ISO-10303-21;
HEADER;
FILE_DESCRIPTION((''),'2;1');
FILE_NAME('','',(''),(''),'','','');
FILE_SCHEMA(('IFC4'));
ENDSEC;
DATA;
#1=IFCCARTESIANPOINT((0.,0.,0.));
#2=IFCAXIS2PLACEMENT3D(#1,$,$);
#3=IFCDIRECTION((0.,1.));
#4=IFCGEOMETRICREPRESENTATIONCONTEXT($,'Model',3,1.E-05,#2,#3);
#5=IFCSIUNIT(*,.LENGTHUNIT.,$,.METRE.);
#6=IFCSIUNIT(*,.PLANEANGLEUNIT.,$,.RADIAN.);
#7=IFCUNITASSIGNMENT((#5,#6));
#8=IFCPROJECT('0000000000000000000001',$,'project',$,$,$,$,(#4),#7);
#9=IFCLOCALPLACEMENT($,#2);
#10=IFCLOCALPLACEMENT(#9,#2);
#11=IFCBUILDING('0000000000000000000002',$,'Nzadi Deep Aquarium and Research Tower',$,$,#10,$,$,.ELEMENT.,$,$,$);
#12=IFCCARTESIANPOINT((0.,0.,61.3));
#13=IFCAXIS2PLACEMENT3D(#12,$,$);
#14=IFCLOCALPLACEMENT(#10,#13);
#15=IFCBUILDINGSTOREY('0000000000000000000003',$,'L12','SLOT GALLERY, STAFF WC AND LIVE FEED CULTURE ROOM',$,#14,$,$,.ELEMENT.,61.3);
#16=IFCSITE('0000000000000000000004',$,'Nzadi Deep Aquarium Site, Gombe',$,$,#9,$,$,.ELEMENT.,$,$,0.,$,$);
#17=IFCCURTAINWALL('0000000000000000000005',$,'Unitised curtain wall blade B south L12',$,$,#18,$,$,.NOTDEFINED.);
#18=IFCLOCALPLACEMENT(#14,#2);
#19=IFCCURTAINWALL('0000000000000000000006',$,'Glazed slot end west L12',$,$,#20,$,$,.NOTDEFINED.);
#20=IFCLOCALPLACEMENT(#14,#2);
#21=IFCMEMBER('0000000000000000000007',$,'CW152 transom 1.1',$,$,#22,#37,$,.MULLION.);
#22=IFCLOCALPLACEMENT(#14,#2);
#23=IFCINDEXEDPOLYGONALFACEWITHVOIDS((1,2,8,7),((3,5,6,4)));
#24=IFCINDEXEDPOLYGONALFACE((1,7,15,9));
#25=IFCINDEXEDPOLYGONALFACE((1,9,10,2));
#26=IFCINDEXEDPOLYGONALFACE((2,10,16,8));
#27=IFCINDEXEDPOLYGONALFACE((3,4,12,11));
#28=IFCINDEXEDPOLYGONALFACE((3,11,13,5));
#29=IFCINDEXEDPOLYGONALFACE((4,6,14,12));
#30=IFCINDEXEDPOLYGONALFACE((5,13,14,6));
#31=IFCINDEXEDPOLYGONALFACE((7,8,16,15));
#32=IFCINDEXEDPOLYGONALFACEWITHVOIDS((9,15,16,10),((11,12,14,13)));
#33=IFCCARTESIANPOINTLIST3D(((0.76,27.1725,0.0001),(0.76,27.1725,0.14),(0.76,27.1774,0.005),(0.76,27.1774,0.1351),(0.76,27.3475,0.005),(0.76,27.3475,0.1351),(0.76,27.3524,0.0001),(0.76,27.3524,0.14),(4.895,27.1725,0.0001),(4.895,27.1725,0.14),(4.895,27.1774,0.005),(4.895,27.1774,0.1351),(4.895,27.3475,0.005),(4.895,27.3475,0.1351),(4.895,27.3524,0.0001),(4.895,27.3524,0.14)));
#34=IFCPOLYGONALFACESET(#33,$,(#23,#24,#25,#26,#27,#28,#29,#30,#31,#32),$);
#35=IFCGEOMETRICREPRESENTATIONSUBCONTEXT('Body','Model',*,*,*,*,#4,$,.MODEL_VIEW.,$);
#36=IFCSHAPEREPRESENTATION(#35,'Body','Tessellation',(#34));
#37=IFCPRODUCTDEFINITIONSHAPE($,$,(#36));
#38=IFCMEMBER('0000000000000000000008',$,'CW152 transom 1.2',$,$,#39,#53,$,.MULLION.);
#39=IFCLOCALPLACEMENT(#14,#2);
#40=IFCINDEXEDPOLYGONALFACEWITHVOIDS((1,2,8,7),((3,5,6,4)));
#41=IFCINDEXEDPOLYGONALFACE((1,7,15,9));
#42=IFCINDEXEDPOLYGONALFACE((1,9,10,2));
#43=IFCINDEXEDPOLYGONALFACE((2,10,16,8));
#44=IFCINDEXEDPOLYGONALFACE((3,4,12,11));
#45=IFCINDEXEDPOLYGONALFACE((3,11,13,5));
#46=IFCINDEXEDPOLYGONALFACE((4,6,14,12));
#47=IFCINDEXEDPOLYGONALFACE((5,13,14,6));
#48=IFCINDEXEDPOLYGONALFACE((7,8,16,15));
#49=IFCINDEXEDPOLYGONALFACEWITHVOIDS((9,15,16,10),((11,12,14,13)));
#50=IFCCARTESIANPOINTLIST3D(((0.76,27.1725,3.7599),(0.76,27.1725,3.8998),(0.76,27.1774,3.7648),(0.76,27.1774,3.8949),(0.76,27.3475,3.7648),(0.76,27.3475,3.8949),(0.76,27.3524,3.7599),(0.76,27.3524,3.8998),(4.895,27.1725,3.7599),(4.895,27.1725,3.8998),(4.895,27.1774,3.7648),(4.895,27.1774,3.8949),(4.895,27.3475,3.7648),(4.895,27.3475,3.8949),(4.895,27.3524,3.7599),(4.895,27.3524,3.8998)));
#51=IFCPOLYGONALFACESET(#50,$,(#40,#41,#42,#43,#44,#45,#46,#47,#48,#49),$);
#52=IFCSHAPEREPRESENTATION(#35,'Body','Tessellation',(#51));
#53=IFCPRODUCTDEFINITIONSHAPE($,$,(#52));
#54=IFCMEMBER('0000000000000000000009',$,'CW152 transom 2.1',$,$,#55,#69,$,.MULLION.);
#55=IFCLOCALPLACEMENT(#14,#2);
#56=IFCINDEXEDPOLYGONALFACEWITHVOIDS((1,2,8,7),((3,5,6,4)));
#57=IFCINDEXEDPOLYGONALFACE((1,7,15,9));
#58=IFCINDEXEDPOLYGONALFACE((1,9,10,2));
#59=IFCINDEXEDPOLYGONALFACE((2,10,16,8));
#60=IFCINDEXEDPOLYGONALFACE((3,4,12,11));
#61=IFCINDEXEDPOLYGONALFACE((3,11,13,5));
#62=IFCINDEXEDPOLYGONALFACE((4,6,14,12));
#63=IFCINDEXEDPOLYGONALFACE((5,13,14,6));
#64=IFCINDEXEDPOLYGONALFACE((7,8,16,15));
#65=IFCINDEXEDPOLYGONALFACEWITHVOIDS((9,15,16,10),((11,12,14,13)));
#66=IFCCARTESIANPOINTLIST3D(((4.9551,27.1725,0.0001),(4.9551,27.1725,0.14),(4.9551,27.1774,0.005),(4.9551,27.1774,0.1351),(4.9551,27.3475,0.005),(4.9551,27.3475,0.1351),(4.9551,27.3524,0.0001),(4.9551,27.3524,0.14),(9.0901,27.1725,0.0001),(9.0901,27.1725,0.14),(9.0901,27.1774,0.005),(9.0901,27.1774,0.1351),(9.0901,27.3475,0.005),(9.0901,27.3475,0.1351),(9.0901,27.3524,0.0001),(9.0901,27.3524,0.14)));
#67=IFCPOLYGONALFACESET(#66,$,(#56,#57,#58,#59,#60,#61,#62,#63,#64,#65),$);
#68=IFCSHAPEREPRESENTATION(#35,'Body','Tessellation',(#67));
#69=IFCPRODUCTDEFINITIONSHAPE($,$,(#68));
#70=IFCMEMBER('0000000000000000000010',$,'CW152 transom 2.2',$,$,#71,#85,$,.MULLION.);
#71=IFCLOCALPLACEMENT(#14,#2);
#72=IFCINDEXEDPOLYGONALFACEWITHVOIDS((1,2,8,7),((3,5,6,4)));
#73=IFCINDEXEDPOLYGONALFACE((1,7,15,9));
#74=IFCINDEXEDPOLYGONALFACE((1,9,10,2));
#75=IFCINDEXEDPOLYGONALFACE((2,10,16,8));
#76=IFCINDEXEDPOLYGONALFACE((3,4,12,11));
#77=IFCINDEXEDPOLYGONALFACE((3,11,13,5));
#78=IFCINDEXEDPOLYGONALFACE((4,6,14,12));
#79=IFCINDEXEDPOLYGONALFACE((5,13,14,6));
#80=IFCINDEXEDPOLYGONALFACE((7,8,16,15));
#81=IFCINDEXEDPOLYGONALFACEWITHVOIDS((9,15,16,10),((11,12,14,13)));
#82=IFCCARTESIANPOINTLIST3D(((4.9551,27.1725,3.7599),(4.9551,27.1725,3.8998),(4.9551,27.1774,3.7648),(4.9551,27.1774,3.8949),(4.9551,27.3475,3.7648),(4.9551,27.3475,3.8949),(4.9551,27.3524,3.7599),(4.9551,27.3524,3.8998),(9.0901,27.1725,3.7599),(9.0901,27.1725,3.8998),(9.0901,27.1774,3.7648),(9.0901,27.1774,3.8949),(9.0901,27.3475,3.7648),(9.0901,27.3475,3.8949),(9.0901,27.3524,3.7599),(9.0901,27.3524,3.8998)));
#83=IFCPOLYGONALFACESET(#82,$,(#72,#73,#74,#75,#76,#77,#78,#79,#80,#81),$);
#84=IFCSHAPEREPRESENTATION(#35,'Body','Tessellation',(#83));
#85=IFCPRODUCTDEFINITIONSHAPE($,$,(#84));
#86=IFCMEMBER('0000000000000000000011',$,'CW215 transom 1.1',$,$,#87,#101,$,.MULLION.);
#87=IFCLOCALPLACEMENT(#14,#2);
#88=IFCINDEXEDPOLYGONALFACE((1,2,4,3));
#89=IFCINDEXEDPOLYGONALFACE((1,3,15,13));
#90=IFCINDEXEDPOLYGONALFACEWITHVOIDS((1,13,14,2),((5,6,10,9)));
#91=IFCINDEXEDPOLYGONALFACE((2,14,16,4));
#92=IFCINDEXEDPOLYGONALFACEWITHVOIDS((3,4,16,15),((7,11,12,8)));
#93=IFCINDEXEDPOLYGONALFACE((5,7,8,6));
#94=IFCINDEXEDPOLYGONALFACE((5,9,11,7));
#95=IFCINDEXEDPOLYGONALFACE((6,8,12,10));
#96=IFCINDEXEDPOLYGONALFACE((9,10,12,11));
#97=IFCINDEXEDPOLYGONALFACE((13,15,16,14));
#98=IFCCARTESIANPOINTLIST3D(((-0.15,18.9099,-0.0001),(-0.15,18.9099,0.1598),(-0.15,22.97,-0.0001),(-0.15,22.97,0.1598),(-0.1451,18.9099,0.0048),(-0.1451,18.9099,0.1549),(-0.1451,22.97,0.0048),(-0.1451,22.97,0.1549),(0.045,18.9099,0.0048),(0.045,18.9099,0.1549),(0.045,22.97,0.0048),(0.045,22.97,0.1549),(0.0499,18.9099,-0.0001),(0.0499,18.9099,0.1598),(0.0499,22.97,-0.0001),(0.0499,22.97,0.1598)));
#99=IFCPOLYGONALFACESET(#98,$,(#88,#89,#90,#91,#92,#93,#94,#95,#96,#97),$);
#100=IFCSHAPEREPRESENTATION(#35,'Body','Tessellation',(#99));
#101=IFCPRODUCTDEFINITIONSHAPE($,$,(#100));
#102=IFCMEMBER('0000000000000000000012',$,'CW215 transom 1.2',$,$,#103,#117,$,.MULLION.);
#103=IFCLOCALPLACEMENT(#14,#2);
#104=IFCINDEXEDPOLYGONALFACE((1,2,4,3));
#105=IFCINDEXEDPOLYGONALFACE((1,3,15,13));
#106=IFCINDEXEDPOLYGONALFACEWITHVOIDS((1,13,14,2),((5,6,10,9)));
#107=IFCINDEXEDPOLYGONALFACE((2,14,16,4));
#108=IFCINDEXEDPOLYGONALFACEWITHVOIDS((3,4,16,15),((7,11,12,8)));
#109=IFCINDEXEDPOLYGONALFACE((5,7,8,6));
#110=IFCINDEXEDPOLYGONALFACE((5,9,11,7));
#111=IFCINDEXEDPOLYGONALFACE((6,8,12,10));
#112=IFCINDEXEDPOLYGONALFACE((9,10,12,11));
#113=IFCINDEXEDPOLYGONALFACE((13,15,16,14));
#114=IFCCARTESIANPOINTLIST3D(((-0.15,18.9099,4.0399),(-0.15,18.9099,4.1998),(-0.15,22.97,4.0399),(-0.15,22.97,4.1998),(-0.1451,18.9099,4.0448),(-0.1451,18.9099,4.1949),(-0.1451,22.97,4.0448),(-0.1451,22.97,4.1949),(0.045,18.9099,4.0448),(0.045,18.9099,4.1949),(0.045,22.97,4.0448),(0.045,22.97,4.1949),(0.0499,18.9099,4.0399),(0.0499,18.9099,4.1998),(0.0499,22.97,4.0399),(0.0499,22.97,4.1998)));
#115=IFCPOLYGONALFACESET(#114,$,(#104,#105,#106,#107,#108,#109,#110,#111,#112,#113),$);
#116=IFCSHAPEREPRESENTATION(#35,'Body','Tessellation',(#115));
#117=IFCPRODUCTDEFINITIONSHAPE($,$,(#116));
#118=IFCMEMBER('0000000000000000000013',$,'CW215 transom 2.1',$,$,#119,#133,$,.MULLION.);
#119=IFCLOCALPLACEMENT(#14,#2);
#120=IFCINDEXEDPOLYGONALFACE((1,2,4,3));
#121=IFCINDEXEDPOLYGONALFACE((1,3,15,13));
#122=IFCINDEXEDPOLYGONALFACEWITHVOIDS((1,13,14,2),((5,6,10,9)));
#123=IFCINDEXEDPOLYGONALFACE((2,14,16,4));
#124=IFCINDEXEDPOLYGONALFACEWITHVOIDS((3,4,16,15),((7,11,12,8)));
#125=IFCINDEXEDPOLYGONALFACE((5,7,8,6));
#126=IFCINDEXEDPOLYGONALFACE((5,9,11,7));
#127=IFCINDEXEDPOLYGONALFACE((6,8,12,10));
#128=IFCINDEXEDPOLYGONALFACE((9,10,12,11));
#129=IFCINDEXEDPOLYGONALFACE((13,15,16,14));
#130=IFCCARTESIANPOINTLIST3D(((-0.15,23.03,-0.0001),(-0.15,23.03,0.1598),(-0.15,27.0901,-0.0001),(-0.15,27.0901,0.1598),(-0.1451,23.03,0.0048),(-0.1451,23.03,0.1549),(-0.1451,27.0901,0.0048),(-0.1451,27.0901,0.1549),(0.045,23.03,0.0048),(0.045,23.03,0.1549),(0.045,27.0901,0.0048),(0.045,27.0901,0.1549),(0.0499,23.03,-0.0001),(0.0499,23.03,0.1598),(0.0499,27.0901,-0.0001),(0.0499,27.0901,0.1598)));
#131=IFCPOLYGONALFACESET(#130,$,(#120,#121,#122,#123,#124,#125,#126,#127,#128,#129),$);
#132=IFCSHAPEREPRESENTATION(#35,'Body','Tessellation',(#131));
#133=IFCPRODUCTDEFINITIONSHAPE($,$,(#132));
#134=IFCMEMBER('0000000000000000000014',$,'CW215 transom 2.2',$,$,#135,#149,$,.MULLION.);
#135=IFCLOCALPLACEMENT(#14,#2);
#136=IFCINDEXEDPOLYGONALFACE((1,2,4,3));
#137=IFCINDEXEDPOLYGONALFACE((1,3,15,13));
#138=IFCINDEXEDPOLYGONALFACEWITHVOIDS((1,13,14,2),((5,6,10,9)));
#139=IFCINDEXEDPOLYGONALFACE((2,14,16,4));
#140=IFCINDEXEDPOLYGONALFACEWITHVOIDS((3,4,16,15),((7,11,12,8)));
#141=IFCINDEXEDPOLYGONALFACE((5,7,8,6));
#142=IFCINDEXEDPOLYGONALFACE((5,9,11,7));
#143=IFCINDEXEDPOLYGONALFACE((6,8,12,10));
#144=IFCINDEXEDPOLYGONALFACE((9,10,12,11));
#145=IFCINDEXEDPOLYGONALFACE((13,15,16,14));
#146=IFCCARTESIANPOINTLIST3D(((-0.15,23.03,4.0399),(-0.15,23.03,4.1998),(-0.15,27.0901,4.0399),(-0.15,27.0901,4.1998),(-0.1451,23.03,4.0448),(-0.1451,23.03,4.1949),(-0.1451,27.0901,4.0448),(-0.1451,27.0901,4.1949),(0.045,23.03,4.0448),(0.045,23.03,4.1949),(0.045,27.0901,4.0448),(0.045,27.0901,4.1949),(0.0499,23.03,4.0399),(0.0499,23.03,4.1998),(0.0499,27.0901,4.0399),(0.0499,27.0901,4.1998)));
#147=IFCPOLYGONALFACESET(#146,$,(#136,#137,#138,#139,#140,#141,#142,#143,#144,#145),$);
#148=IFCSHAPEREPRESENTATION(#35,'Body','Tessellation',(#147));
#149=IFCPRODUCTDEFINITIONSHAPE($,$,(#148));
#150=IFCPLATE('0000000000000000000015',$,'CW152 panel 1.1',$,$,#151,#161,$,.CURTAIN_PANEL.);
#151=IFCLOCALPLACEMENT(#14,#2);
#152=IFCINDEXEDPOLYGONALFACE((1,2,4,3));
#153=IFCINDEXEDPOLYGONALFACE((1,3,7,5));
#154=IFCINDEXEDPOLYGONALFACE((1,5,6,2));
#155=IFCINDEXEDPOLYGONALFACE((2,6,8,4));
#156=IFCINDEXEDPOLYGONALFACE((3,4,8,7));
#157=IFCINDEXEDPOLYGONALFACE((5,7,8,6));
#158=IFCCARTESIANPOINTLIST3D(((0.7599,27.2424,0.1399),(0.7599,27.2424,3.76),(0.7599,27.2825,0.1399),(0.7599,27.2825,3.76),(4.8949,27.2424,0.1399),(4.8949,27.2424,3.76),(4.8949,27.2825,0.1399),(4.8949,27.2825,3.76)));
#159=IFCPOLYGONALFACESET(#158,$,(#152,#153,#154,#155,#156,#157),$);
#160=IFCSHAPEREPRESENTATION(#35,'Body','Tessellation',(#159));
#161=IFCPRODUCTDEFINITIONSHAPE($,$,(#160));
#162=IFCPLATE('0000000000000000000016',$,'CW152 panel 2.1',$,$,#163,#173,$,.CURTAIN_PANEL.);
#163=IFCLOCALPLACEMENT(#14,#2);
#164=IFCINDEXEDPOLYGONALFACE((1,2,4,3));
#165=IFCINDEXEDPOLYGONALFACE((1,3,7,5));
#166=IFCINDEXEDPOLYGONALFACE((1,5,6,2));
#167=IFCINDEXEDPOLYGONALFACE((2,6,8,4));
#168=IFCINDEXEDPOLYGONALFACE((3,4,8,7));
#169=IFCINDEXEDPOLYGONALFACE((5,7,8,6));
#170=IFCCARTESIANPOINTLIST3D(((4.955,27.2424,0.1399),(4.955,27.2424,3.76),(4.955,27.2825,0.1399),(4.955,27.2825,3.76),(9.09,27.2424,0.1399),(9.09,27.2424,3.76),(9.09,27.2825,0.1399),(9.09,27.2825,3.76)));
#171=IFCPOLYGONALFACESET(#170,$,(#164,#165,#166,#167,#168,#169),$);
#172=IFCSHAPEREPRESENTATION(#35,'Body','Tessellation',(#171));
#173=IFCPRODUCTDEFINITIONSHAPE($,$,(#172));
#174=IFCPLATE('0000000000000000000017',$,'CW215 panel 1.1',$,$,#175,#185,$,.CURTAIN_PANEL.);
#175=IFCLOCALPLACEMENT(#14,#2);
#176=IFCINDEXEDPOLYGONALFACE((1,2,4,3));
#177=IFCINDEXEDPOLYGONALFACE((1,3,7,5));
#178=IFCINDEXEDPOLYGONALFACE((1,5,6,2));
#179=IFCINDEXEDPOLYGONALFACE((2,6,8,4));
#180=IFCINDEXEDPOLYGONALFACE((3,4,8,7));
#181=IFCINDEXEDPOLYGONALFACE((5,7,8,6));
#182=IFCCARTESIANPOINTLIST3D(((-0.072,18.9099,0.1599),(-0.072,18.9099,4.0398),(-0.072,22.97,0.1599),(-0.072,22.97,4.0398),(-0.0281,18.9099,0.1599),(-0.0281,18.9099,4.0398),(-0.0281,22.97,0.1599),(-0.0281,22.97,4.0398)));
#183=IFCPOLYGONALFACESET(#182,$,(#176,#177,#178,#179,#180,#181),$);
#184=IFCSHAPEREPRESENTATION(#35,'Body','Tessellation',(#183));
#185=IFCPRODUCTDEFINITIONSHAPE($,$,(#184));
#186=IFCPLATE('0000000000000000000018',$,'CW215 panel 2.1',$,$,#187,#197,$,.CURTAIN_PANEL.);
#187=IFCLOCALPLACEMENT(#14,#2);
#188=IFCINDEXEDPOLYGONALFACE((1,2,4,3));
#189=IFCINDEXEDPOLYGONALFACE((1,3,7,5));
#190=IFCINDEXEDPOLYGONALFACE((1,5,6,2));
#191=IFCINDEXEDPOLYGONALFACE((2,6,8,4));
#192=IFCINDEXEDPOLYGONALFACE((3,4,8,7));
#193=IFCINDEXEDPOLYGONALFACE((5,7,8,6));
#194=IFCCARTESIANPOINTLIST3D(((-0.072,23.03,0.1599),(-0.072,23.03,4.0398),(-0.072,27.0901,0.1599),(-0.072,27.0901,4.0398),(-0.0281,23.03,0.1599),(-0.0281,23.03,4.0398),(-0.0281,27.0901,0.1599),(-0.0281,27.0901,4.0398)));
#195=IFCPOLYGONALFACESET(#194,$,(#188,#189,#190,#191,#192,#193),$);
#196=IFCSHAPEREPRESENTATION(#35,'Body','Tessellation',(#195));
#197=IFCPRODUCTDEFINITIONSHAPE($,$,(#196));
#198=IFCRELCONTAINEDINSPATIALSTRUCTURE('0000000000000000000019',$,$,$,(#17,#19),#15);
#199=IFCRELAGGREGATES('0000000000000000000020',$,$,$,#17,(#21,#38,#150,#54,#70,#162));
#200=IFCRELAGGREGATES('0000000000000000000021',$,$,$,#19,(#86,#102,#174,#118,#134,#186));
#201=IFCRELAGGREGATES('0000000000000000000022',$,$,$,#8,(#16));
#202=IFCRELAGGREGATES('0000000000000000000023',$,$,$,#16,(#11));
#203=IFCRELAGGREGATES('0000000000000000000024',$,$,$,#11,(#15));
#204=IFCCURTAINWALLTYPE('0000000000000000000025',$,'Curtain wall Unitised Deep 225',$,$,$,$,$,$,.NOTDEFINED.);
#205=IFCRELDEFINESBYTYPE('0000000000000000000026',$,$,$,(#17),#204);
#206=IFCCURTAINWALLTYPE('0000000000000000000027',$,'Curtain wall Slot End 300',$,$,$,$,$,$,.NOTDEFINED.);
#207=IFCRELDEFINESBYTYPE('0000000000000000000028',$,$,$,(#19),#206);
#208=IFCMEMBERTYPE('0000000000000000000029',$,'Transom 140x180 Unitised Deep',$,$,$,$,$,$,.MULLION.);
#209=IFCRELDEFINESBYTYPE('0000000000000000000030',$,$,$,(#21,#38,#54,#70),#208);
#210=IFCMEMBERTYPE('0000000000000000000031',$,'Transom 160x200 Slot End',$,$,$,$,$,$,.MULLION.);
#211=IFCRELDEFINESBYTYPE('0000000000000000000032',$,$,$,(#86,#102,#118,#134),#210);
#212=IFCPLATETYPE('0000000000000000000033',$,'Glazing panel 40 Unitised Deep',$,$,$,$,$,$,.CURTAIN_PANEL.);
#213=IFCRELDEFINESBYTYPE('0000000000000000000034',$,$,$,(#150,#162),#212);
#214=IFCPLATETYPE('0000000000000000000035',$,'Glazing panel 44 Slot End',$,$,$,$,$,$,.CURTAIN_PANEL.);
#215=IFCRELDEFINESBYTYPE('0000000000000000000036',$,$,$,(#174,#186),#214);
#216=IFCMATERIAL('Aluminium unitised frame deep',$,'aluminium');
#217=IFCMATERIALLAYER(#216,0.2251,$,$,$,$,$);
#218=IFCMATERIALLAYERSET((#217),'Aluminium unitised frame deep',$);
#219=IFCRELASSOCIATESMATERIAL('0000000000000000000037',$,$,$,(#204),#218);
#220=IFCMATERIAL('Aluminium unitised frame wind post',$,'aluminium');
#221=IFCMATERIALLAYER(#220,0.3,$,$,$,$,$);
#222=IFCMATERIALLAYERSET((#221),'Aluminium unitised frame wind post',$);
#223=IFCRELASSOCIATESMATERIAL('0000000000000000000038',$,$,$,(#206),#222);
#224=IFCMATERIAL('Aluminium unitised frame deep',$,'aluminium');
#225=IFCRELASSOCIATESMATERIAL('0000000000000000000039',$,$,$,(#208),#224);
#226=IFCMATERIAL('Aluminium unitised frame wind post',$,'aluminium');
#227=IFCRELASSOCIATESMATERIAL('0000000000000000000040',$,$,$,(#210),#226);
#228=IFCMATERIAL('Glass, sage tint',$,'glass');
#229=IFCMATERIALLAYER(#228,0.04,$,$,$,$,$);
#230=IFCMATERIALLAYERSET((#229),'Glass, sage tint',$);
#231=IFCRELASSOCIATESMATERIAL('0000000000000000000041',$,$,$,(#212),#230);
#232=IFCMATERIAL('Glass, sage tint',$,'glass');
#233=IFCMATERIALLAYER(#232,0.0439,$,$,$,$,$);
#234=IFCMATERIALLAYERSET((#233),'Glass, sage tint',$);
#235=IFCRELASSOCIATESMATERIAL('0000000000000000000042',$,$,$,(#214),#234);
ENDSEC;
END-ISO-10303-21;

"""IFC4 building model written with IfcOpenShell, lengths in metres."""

from ifc_helpers import new_model, si_unit, direction, frame, origin, origin_2d, place, context, subcontext, project, spatial, rectangle, hollow_rectangle, extrude, material, layer, layer_set, material_profile, profile_set, type_object, element, aggregate, save


model = new_model("IFC4")

# Units and contexts
model_context = context("Model", 3, precision=1e-05, world=origin(), true_north=direction((0.0, 1.0)))
body_context = subcontext(model_context, "Body", "Model", "MODEL_VIEW")
ifc_project = project(units=[si_unit("LENGTHUNIT", "METRE"), si_unit("PLANEANGLEUNIT", "RADIAN")], contexts=[model_context])

# Site, building, storey
site_placement = place(None, origin())
site = spatial("IfcSite", under=ifc_project, at=site_placement, Name="Nzadi Deep Aquarium Site, Gombe", CompositionType="ELEMENT", RefElevation=0.0)
building_placement = place(site_placement, origin())
building = spatial("IfcBuilding", under=site, at=building_placement, Name="Nzadi Deep Aquarium and Research Tower", CompositionType="ELEMENT")
storey_placement = place(building_placement, frame((0.0, 0.0, 61.3)))
storey = spatial("IfcBuildingStorey", under=building, at=storey_placement, Name="L12", Description="SLOT GALLERY, STAFF WC AND LIVE FEED CULTURE ROOM", CompositionType="ELEMENT", Elevation=61.3)

# Curtain wall
ifc_material_1 = material(Name="Aluminium unitised frame deep", Category="aluminium")
ifc_layer_1 = layer(ifc_material_1, 0.2251)
ifc_layer_set_1 = layer_set([ifc_layer_1], Name="Aluminium unitised frame deep")
curtain_wall_type_1 = type_object("IfcCurtainWallType", Name="Curtain wall Unitised Deep 225", PredefinedType="NOTDEFINED", material=ifc_layer_set_1)
curtain_wall_1_placement = place(storey_placement, origin())
curtain_wall_1 = element("IfcCurtainWall", 1, at=curtain_wall_1_placement, inside=storey, type_object=curtain_wall_type_1, Name="Unitised curtain wall blade B south L12", PredefinedType="NOTDEFINED")

# Curtain wall
ifc_material_2 = material(Name="Aluminium unitised frame wind post", Category="aluminium")
ifc_layer_2 = layer(ifc_material_2, 0.3)
ifc_layer_set_2 = layer_set([ifc_layer_2], Name="Aluminium unitised frame wind post")
curtain_wall_type_2 = type_object("IfcCurtainWallType", Name="Curtain wall Slot End 300", PredefinedType="NOTDEFINED", material=ifc_layer_set_2)
curtain_wall_2_placement = place(storey_placement, origin())
curtain_wall_2 = element("IfcCurtainWall", 2, at=curtain_wall_2_placement, inside=storey, type_object=curtain_wall_type_2, Name="Glazed slot end west L12", PredefinedType="NOTDEFINED")

# Members
ifc_material_3 = material(Name="Aluminium unitised frame deep", Category="aluminium")
ifc_material_profile_1 = material_profile(ifc_material_3, hollow_rectangle(XDim=0.1799, YDim=0.1399, WallThickness=0.0049, at=origin_2d()))
ifc_profile_set_1 = profile_set([ifc_material_profile_1], Name="Aluminium unitised frame deep")
member_type_1 = type_object("IfcMemberType", Name="Transom 140x180 Unitised Deep", PredefinedType="MULLION", material=ifc_profile_set_1)
member_1_placement = place(storey_placement, frame((0.76, 27.2625, 0.0701), z_axis=(1.0, 0.0, 0.0), x_axis=(0.0, 1.0, 0.0)))
member_1 = element("IfcMember", 3, at=member_1_placement, type_object=member_type_1, Name="CW152 transom 1.1", PredefinedType="MULLION", context=body_context, shape_type="SweptSolid", body=[
    extrude(hollow_rectangle(XDim=0.1799, YDim=0.1399, WallThickness=0.0049, at=origin_2d()), origin(), (0.0, 0.0, 1.0), 4.135),
])
member_2_placement = place(storey_placement, frame((0.76, 27.2625, 3.8298), z_axis=(1.0, 0.0, 0.0), x_axis=(0.0, 1.0, 0.0)))
member_2 = element("IfcMember", 4, at=member_2_placement, type_object=member_type_1, Name="CW152 transom 1.2", PredefinedType="MULLION", context=body_context, shape_type="SweptSolid", body=[
    extrude(hollow_rectangle(XDim=0.1799, YDim=0.1399, WallThickness=0.0049, at=origin_2d()), origin(), (0.0, 0.0, 1.0), 4.135),
])
member_3_placement = place(storey_placement, frame((4.9551, 27.2625, 0.0701), z_axis=(1.0, 0.0, 0.0), x_axis=(0.0, 1.0, 0.0)))
member_3 = element("IfcMember", 5, at=member_3_placement, type_object=member_type_1, Name="CW152 transom 2.1", PredefinedType="MULLION", context=body_context, shape_type="SweptSolid", body=[
    extrude(hollow_rectangle(XDim=0.1799, YDim=0.1399, WallThickness=0.0049, at=origin_2d()), origin(), (0.0, 0.0, 1.0), 4.135),
])
member_4_placement = place(storey_placement, frame((4.9551, 27.2625, 3.8298), z_axis=(1.0, 0.0, 0.0), x_axis=(0.0, 1.0, 0.0)))
member_4 = element("IfcMember", 6, at=member_4_placement, type_object=member_type_1, Name="CW152 transom 2.2", PredefinedType="MULLION", context=body_context, shape_type="SweptSolid", body=[
    extrude(hollow_rectangle(XDim=0.1799, YDim=0.1399, WallThickness=0.0049, at=origin_2d()), origin(), (0.0, 0.0, 1.0), 4.135),
])
ifc_material_4 = material(Name="Aluminium unitised frame wind post", Category="aluminium")
ifc_material_profile_2 = material_profile(ifc_material_4, hollow_rectangle(XDim=0.2, YDim=0.1599, WallThickness=0.0049, at=origin_2d()))
ifc_profile_set_2 = profile_set([ifc_material_profile_2], Name="Aluminium unitised frame wind post")
member_type_2 = type_object("IfcMemberType", Name="Transom 160x200 Slot End", PredefinedType="MULLION", material=ifc_profile_set_2)
member_5_placement = place(storey_placement, frame((-0.05, 18.9099, 0.0798), z_axis=(0.0, 1.0, 0.0), x_axis=(-1.0, 0.0, 0.0)))
member_5 = element("IfcMember", 7, at=member_5_placement, type_object=member_type_2, Name="CW215 transom 1.1", PredefinedType="MULLION", context=body_context, shape_type="SweptSolid", body=[
    extrude(hollow_rectangle(XDim=0.2, YDim=0.1599, WallThickness=0.0049, at=origin_2d()), origin(), (0.0, 0.0, 1.0), 4.0601),
])
member_6_placement = place(storey_placement, frame((-0.05, 18.9099, 4.1199), z_axis=(0.0, 1.0, 0.0), x_axis=(-1.0, 0.0, 0.0)))
member_6 = element("IfcMember", 8, at=member_6_placement, type_object=member_type_2, Name="CW215 transom 1.2", PredefinedType="MULLION", context=body_context, shape_type="SweptSolid", body=[
    extrude(hollow_rectangle(XDim=0.2, YDim=0.1599, WallThickness=0.0049, at=origin_2d()), origin(), (0.0, 0.0, 1.0), 4.0601),
])
member_7_placement = place(storey_placement, frame((-0.05, 23.03, 0.0798), z_axis=(0.0, 1.0, 0.0), x_axis=(-1.0, 0.0, 0.0)))
member_7 = element("IfcMember", 9, at=member_7_placement, type_object=member_type_2, Name="CW215 transom 2.1", PredefinedType="MULLION", context=body_context, shape_type="SweptSolid", body=[
    extrude(hollow_rectangle(XDim=0.2, YDim=0.1599, WallThickness=0.0049, at=origin_2d()), origin(), (0.0, 0.0, 1.0), 4.0601),
])
member_8_placement = place(storey_placement, frame((-0.05, 23.03, 4.1199), z_axis=(0.0, 1.0, 0.0), x_axis=(-1.0, 0.0, 0.0)))
member_8 = element("IfcMember", 10, at=member_8_placement, type_object=member_type_2, Name="CW215 transom 2.2", PredefinedType="MULLION", context=body_context, shape_type="SweptSolid", body=[
    extrude(hollow_rectangle(XDim=0.2, YDim=0.1599, WallThickness=0.0049, at=origin_2d()), origin(), (0.0, 0.0, 1.0), 4.0601),
])

# Plates
ifc_material_5 = material(Name="Glass, sage tint", Category="glass")
ifc_layer_3 = layer(ifc_material_5, 0.04)
ifc_layer_set_3 = layer_set([ifc_layer_3], Name="Glass, sage tint")
plate_type_1 = type_object("IfcPlateType", Name="Glazing panel 40 Unitised Deep", PredefinedType="CURTAIN_PANEL", material=ifc_layer_set_3)
plate_1_placement = place(storey_placement, frame((2.8274, 27.2625, 0.1399), z_axis=(0.0, 0.0, 1.0), x_axis=(1.0, 0.0, 0.0)))
plate_1 = element("IfcPlate", 11, at=plate_1_placement, type_object=plate_type_1, Name="CW152 panel 1.1", PredefinedType="CURTAIN_PANEL", context=body_context, shape_type="SweptSolid", body=[
    extrude(rectangle(XDim=4.135, YDim=0.04, at=origin_2d()), origin(), (0.0, 0.0, 1.0), 3.6201),
])
plate_2_placement = place(storey_placement, frame((7.0225, 27.2625, 0.1399), z_axis=(0.0, 0.0, 1.0), x_axis=(1.0, 0.0, 0.0)))
plate_2 = element("IfcPlate", 12, at=plate_2_placement, type_object=plate_type_1, Name="CW152 panel 2.1", PredefinedType="CURTAIN_PANEL", context=body_context, shape_type="SweptSolid", body=[
    extrude(rectangle(XDim=4.135, YDim=0.04, at=origin_2d()), origin(), (0.0, 0.0, 1.0), 3.6201),
])
aggregate(curtain_wall_1, [member_1, member_2, plate_1, member_3, member_4, plate_2])
ifc_material_6 = material(Name="Glass, sage tint", Category="glass")
ifc_layer_4 = layer(ifc_material_6, 0.0439)
ifc_layer_set_4 = layer_set([ifc_layer_4], Name="Glass, sage tint")
plate_type_2 = type_object("IfcPlateType", Name="Glazing panel 44 Slot End", PredefinedType="CURTAIN_PANEL", material=ifc_layer_set_4)
plate_3_placement = place(storey_placement, frame((-0.05, 20.9399, 0.1599), z_axis=(0.0, 0.0, 1.0), x_axis=(0.0, 1.0, 0.0)))
plate_3 = element("IfcPlate", 13, at=plate_3_placement, type_object=plate_type_2, Name="CW215 panel 1.1", PredefinedType="CURTAIN_PANEL", context=body_context, shape_type="SweptSolid", body=[
    extrude(rectangle(XDim=4.0601, YDim=0.0439, at=origin_2d()), origin(), (0.0, 0.0, 1.0), 3.8799),
])
plate_4_placement = place(storey_placement, frame((-0.05, 25.0601, 0.1599), z_axis=(0.0, 0.0, 1.0), x_axis=(0.0, 1.0, 0.0)))
plate_4 = element("IfcPlate", 14, at=plate_4_placement, type_object=plate_type_2, Name="CW215 panel 2.1", PredefinedType="CURTAIN_PANEL", context=body_context, shape_type="SweptSolid", body=[
    extrude(rectangle(XDim=4.0601, YDim=0.0439, at=origin_2d()), origin(), (0.0, 0.0, 1.0), 3.8799),
])
aggregate(curtain_wall_2, [member_5, member_6, plate_3, member_7, member_8, plate_4])

save(model, "model.ifc")
